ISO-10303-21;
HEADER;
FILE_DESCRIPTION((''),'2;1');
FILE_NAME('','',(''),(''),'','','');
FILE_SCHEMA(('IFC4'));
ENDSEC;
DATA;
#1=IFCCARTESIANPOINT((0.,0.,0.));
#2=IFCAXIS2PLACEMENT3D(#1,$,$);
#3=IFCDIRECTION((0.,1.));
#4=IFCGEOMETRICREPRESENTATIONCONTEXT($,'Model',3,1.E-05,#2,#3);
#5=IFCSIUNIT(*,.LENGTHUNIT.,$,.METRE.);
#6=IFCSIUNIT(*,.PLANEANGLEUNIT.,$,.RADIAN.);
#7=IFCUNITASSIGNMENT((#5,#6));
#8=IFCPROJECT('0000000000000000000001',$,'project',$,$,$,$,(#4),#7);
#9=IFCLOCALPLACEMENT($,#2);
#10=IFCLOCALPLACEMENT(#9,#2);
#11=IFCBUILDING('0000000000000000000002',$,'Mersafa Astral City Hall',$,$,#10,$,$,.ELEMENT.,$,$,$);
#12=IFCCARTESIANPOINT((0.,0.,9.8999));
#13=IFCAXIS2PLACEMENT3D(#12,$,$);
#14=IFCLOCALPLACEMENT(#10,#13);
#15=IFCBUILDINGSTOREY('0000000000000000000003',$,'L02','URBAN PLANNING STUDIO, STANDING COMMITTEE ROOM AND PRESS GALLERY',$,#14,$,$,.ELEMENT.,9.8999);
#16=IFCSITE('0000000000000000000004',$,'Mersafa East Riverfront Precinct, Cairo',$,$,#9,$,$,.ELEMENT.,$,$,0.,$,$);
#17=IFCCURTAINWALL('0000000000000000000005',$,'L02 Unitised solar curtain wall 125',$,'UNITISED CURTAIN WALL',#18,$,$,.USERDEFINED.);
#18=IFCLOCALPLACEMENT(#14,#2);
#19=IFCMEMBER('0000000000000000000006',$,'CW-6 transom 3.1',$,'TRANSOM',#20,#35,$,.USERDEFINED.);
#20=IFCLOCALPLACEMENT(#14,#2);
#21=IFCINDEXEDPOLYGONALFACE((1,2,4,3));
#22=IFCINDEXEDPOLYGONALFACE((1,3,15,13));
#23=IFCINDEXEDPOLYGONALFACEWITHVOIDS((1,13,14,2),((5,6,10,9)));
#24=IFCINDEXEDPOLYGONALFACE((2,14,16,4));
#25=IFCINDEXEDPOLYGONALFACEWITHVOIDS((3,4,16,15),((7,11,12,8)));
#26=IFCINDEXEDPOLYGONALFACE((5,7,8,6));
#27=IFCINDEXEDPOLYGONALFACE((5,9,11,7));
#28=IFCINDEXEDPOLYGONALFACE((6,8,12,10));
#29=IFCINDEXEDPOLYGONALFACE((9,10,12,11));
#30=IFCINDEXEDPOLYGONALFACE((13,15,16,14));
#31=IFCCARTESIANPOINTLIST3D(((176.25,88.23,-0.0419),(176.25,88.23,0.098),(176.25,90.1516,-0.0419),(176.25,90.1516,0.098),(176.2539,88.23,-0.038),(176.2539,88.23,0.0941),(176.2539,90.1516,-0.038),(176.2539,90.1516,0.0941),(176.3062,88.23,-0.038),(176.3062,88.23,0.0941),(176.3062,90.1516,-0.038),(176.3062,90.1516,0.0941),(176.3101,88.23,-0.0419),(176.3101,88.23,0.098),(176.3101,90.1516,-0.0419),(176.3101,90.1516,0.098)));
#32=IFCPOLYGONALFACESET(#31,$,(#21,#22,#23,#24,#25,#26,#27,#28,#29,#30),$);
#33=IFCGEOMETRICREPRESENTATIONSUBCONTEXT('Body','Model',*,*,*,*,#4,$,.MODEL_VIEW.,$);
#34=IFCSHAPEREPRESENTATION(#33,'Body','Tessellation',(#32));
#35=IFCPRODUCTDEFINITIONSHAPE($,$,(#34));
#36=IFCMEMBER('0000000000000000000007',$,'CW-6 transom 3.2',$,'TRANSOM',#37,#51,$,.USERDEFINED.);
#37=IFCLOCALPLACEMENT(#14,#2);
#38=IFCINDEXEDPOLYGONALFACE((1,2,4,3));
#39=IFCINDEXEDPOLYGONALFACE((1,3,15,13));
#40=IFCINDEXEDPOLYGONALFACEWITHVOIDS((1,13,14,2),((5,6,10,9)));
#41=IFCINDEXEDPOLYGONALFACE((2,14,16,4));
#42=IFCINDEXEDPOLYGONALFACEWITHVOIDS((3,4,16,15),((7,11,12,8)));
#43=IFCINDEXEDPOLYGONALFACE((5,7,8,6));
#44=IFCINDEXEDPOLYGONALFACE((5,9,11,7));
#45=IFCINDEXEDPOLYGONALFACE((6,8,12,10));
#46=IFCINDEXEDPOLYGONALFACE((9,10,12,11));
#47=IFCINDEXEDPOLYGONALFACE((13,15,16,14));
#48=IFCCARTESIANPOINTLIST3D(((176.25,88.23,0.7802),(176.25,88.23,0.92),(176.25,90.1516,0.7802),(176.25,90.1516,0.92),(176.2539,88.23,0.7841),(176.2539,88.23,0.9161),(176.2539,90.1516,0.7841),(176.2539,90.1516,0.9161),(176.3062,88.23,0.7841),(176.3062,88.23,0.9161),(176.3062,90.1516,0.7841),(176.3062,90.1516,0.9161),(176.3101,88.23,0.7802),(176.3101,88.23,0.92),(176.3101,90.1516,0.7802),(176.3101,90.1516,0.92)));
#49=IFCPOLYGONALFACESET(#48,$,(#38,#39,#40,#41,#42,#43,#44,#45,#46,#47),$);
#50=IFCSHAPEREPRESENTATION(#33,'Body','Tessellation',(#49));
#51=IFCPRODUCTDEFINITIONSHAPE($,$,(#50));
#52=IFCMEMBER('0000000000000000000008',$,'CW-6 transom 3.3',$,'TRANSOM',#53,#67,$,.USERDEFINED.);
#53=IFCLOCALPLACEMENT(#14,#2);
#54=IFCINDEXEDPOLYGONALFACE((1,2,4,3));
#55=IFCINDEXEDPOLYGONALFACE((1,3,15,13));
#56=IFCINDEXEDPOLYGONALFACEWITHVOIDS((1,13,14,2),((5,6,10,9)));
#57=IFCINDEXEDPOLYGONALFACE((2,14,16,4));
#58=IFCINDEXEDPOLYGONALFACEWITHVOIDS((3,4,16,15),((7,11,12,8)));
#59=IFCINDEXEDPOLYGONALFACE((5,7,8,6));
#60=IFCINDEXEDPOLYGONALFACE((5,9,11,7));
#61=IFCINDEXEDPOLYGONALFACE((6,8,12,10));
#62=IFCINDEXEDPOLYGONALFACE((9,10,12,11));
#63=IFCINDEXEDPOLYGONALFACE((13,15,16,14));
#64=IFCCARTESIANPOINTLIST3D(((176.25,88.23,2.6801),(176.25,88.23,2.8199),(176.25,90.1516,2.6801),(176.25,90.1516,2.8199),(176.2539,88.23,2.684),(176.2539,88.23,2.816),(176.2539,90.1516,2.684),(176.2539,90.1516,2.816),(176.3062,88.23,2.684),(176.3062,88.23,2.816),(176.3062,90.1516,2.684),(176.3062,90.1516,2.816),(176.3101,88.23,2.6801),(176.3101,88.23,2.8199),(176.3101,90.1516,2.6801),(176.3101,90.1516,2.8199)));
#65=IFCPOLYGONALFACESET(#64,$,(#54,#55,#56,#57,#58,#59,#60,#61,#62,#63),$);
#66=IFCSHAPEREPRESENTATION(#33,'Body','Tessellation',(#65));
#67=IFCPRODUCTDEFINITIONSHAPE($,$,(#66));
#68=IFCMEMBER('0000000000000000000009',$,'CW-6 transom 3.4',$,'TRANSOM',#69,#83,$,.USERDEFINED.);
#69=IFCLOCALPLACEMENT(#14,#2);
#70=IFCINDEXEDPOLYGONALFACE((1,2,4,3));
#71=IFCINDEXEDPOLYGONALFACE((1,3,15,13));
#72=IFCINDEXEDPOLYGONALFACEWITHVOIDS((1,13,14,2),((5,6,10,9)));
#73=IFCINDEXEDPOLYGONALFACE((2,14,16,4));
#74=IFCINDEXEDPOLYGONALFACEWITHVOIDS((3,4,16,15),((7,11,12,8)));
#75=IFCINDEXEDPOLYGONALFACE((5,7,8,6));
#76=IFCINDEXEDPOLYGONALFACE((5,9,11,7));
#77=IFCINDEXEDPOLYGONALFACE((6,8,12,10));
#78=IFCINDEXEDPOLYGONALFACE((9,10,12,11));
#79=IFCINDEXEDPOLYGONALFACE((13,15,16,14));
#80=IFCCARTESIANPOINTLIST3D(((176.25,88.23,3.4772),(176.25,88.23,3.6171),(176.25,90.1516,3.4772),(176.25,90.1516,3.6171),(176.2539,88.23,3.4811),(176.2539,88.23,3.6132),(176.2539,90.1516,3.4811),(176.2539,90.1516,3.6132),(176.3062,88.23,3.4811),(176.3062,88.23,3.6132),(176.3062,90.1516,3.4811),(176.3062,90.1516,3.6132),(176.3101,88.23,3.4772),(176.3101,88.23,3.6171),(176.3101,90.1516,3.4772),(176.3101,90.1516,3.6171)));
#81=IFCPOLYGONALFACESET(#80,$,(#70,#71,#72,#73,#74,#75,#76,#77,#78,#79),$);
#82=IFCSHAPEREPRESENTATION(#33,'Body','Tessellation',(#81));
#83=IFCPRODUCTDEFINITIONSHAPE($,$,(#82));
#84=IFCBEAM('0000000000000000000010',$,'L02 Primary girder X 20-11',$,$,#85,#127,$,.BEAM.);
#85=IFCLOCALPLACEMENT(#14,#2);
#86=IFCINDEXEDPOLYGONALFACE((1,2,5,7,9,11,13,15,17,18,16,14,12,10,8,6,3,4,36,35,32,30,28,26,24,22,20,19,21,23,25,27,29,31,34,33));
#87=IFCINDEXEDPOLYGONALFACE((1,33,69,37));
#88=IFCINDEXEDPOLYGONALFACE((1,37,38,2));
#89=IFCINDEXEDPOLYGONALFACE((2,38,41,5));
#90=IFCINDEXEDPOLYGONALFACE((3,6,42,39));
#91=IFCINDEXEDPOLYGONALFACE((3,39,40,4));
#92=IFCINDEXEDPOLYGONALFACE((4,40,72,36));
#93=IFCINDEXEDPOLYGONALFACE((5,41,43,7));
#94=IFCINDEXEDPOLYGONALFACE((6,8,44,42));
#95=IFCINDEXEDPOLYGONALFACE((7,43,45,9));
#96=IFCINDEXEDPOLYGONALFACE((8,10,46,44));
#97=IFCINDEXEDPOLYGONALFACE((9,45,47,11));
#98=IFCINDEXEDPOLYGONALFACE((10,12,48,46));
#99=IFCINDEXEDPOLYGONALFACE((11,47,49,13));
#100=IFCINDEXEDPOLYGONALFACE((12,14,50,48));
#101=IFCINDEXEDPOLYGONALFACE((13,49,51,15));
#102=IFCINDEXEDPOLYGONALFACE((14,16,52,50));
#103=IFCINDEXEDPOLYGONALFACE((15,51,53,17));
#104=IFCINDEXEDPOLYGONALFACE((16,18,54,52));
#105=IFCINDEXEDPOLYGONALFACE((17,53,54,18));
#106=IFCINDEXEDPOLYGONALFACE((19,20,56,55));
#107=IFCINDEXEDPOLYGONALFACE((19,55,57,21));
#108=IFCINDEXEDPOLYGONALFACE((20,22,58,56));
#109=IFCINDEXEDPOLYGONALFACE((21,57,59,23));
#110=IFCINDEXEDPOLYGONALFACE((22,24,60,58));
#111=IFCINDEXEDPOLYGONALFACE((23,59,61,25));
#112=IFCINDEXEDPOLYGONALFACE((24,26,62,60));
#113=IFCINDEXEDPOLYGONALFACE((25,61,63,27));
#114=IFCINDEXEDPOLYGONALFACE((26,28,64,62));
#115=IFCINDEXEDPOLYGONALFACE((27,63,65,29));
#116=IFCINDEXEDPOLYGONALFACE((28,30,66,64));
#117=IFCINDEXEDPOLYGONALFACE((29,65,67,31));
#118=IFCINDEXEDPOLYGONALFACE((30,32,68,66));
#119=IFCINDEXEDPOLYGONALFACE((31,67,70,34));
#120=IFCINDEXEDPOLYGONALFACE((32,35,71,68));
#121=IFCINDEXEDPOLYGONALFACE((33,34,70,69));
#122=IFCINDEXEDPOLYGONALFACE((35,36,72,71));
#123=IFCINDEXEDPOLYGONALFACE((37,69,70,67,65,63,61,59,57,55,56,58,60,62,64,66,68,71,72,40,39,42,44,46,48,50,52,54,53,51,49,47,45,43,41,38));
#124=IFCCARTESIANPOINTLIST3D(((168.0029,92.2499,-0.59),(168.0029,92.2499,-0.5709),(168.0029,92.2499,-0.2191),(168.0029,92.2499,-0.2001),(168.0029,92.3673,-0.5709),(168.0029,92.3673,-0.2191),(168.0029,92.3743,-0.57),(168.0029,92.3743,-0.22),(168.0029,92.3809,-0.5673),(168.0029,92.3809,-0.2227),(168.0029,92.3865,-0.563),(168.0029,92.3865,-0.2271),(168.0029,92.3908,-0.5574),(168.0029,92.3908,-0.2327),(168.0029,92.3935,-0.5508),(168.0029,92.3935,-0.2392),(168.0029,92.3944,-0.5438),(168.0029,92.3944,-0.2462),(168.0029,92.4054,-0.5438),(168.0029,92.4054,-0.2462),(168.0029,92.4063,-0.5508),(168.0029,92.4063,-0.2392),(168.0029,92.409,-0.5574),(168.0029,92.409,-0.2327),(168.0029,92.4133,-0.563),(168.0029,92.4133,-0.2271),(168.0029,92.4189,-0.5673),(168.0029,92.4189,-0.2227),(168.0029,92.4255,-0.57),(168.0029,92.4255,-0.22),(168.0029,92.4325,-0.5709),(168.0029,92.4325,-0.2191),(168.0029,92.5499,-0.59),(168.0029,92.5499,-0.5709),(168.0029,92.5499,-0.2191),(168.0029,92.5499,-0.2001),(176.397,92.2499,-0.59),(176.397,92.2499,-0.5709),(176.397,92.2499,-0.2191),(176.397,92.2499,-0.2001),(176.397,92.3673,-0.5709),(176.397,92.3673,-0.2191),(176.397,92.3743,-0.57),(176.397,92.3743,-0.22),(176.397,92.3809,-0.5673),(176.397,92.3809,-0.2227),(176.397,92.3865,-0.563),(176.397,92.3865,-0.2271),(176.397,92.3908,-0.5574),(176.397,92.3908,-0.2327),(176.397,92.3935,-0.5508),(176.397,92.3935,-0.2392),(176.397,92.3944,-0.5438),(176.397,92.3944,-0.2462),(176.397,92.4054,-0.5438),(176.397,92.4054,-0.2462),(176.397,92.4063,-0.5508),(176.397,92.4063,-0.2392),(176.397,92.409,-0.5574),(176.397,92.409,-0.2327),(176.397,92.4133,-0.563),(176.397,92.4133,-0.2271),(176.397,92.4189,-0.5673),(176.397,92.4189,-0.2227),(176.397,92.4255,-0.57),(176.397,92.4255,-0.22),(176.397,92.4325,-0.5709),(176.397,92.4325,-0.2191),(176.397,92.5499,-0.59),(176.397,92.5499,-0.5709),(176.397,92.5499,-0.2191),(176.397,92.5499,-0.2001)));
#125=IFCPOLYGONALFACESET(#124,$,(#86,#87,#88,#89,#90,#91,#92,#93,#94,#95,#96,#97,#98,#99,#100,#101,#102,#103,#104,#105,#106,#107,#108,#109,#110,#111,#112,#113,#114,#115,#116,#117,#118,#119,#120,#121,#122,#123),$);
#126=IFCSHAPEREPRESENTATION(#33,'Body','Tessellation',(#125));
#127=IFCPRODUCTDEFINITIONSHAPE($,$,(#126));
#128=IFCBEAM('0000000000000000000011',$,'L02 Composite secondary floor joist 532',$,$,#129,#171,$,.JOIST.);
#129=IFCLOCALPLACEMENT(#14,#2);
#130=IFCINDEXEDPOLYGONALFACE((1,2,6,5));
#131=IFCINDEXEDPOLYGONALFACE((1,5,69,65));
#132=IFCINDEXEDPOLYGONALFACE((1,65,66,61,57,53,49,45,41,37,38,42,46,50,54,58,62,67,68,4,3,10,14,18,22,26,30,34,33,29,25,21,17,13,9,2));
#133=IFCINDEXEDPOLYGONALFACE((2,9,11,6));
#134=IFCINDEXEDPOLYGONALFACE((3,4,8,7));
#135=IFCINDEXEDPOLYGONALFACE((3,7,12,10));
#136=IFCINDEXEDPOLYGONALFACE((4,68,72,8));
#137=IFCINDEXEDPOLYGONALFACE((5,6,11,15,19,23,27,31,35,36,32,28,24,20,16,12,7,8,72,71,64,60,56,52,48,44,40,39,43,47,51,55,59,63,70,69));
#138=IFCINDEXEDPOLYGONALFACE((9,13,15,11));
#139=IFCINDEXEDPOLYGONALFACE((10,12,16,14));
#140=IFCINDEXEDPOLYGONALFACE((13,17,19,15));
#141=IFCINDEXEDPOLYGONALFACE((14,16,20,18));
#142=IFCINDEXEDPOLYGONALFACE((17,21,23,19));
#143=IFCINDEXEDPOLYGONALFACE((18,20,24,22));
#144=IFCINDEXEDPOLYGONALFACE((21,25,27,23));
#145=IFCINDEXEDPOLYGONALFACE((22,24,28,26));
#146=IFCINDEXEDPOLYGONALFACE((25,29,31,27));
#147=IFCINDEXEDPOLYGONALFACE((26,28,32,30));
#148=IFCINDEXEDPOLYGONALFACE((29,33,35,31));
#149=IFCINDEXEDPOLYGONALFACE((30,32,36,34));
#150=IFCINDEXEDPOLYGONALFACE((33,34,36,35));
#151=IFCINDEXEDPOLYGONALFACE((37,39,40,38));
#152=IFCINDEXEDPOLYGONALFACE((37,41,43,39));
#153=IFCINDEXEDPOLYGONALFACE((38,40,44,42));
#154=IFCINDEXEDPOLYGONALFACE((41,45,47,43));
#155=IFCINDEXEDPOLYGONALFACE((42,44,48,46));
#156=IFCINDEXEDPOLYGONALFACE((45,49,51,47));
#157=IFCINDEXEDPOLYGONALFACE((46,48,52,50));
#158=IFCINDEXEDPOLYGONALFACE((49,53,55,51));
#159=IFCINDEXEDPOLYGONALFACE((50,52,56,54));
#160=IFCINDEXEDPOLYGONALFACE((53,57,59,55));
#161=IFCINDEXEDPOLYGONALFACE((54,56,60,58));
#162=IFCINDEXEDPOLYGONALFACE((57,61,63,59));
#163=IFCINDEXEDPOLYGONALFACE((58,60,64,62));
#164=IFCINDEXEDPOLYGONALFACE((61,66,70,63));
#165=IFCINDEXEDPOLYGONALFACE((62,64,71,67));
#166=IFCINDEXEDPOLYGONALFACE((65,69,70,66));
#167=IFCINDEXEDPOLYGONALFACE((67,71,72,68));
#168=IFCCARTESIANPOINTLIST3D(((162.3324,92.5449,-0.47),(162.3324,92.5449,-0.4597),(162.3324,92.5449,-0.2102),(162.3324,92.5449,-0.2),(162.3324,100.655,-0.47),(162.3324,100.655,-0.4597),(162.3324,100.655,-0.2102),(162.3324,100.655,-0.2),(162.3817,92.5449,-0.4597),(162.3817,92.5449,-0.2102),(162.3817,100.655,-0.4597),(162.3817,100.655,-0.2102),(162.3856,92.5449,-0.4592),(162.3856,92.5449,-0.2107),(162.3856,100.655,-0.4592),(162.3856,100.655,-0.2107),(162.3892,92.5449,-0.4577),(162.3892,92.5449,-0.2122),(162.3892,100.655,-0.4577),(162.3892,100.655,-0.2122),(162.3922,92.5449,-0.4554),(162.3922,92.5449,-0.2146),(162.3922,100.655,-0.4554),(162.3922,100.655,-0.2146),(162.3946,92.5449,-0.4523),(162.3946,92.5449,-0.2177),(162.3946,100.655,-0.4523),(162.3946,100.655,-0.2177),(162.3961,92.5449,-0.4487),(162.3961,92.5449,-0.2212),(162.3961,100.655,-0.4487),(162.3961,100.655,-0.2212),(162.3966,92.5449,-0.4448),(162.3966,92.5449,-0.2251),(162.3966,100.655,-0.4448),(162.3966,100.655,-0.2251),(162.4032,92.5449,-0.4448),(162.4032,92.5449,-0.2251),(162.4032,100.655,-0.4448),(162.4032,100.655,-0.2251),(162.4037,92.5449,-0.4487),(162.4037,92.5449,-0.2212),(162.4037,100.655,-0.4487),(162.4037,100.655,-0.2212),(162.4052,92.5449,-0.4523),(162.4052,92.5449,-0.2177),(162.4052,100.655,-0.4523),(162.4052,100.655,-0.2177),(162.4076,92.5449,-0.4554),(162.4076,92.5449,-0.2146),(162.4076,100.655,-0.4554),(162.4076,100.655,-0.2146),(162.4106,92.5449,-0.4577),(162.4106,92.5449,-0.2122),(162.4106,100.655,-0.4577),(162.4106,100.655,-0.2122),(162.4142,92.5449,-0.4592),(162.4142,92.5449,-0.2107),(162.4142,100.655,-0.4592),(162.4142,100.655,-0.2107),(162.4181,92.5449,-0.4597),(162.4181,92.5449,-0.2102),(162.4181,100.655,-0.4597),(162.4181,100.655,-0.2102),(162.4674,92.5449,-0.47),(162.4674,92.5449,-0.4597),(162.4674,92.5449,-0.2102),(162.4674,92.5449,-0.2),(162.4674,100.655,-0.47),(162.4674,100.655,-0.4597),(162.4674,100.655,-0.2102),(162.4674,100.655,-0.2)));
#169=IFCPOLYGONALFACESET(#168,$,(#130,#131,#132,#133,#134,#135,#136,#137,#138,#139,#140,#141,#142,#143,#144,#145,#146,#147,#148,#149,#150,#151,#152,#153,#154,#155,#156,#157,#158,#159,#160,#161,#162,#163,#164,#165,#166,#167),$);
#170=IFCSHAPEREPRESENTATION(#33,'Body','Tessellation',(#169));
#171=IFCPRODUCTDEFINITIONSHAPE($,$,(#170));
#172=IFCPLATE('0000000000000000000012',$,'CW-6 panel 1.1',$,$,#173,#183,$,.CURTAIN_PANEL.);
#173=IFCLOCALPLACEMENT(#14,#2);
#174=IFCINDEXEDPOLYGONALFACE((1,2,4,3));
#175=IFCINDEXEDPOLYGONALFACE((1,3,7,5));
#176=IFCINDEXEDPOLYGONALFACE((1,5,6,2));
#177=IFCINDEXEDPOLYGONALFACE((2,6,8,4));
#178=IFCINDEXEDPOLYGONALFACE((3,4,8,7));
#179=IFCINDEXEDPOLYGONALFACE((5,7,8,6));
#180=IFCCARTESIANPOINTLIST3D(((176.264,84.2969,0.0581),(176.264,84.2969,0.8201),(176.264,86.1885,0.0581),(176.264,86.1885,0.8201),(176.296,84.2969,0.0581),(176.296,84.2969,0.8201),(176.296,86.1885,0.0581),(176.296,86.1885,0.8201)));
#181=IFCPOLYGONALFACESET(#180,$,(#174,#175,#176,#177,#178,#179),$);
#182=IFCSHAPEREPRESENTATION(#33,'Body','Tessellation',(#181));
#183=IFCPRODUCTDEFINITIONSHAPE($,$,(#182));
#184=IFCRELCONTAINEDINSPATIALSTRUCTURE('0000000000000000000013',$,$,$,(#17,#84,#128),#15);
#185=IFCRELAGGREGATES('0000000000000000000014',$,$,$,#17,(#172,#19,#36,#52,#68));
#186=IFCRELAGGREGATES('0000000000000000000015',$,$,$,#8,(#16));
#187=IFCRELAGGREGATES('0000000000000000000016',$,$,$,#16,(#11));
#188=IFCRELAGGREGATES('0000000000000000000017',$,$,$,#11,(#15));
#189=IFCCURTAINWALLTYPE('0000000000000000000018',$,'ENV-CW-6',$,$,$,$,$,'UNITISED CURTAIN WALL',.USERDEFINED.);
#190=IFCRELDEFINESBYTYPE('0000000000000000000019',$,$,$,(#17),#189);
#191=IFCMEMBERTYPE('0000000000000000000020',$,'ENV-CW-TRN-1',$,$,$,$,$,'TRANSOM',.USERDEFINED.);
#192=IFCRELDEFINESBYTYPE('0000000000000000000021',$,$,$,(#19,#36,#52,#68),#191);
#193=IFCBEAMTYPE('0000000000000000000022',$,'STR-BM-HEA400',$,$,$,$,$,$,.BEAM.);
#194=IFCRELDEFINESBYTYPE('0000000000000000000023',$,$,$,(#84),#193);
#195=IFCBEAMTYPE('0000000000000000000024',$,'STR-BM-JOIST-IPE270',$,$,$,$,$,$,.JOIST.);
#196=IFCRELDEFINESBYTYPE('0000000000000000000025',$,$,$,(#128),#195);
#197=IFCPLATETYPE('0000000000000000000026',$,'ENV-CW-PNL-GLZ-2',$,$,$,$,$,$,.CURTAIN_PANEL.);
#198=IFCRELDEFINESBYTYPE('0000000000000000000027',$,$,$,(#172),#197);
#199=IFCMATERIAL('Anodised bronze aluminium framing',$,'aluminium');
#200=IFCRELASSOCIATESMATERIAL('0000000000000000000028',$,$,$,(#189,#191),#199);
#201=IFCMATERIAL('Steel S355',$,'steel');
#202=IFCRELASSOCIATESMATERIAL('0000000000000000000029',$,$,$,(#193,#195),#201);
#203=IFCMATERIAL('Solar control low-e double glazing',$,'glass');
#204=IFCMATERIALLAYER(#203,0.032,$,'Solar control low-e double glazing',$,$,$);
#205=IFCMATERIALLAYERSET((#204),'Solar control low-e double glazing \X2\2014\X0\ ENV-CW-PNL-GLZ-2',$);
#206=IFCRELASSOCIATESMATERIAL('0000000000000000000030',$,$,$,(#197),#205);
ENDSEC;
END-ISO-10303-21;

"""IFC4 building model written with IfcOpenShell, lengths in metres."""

from ifc_helpers import new_model, si_unit, direction, frame, origin, origin_2d, place, context, subcontext, project, spatial, rectangle, hollow_rectangle, i_section, extrude, material, layer, layer_set, material_profile, profile_set, type_object, element, aggregate, save


model = new_model("IFC4")

# Units and contexts
model_context = context("Model", 3, precision=1e-05, world=origin(), true_north=direction((0.0, 1.0)))
body_context = subcontext(model_context, "Body", "Model", "MODEL_VIEW")
ifc_project = project(units=[si_unit("LENGTHUNIT", "METRE"), si_unit("PLANEANGLEUNIT", "RADIAN")], contexts=[model_context])

# Site, building, storey
site_placement = place(None, origin())
site = spatial("IfcSite", under=ifc_project, at=site_placement, Name="Mersafa East Riverfront Precinct, Cairo", CompositionType="ELEMENT", RefElevation=0.0)
building_placement = place(site_placement, origin())
building = spatial("IfcBuilding", under=site, at=building_placement, Name="Mersafa Astral City Hall", CompositionType="ELEMENT")
storey_placement = place(building_placement, frame((0.0, 0.0, 9.8999)))
storey = spatial("IfcBuildingStorey", under=building, at=storey_placement, Name="L02", Description="URBAN PLANNING STUDIO, STANDING COMMITTEE ROOM AND PRESS GALLERY", CompositionType="ELEMENT", Elevation=9.8999)

# Shared definitions
ifc_material_1 = material(Name="Steel S355", Category="steel")

# Curtain wall, members
ifc_material_2 = material(Name="Anodised bronze aluminium framing", Category="aluminium")
curtain_wall_type = type_object("IfcCurtainWallType", Name="ENV-CW-6", ElementType="UNITISED CURTAIN WALL", PredefinedType="USERDEFINED", material=ifc_material_2)
curtain_wall_placement = place(storey_placement, origin())
curtain_wall = element("IfcCurtainWall", 1, at=curtain_wall_placement, inside=storey, type_object=curtain_wall_type, Name="L02 Unitised solar curtain wall 125", ObjectType="UNITISED CURTAIN WALL", PredefinedType="USERDEFINED")
ifc_material_profile_1 = material_profile(ifc_material_2, hollow_rectangle(XDim=0.0601, YDim=0.1399, WallThickness=0.0039, at=origin_2d()), Name="RHS 60x140x4")
ifc_profile_set_1 = profile_set([ifc_material_profile_1], Name="Anodised bronze aluminium framing")
member_type_1 = type_object("IfcMemberType", Name="ENV-CW-TRN-1", ElementType="TRANSOM", PredefinedType="USERDEFINED", material=ifc_profile_set_1)
member_1_placement = place(storey_placement, frame((176.28, 88.23, 0.0281), z_axis=(0.0, 1.0, 0.0), x_axis=(-1.0, 0.0, 0.0)))
member_1 = element("IfcMember", 2, at=member_1_placement, type_object=member_type_1, Name="CW-6 transom 3.1", ObjectType="TRANSOM", PredefinedType="USERDEFINED", context=body_context, shape_type="SweptSolid", body=[
    extrude(hollow_rectangle(XDim=0.0601, YDim=0.1399, WallThickness=0.0039, at=origin_2d()), origin(), (0.0, 0.0, 1.0), 1.9216),
])
member_2_placement = place(storey_placement, frame((176.28, 88.23, 0.8501), z_axis=(0.0, 1.0, 0.0), x_axis=(-1.0, 0.0, 0.0)))
member_2 = element("IfcMember", 3, at=member_2_placement, type_object=member_type_1, Name="CW-6 transom 3.2", ObjectType="TRANSOM", PredefinedType="USERDEFINED", context=body_context, shape_type="SweptSolid", body=[
    extrude(hollow_rectangle(XDim=0.0601, YDim=0.1399, WallThickness=0.0039, at=origin_2d()), origin(), (0.0, 0.0, 1.0), 1.9216),
])
member_3_placement = place(storey_placement, frame((176.28, 88.23, 2.75), z_axis=(0.0, 1.0, 0.0), x_axis=(-1.0, 0.0, 0.0)))
member_3 = element("IfcMember", 4, at=member_3_placement, type_object=member_type_1, Name="CW-6 transom 3.3", ObjectType="TRANSOM", PredefinedType="USERDEFINED", context=body_context, shape_type="SweptSolid", body=[
    extrude(hollow_rectangle(XDim=0.0601, YDim=0.1399, WallThickness=0.0039, at=origin_2d()), origin(), (0.0, 0.0, 1.0), 1.9216),
])
member_4_placement = place(storey_placement, frame((176.28, 88.23, 3.5471), z_axis=(0.0, 1.0, 0.0), x_axis=(-1.0, 0.0, 0.0)))
member_4 = element("IfcMember", 5, at=member_4_placement, type_object=member_type_1, Name="CW-6 transom 3.4", ObjectType="TRANSOM", PredefinedType="USERDEFINED", context=body_context, shape_type="SweptSolid", body=[
    extrude(hollow_rectangle(XDim=0.0601, YDim=0.1399, WallThickness=0.0039, at=origin_2d()), origin(), (0.0, 0.0, 1.0), 1.9216),
])

# Beams
ifc_material_profile_2 = material_profile(ifc_material_1, i_section(OverallWidth=0.3, OverallDepth=0.3899, WebThickness=0.011, FlangeThickness=0.019, FilletRadius=0.0271, at=origin_2d()), Name="HEA 400")
ifc_profile_set_2 = profile_set([ifc_material_profile_2], Name="Steel S355")
beam_type_1 = type_object("IfcBeamType", Name="STR-BM-HEA400", PredefinedType="BEAM", material=ifc_profile_set_2)
beam_1_placement = place(storey_placement, frame((168.0029, 92.3999, -0.395), z_axis=(1.0, 0.0, 0.0), x_axis=(0.0, 1.0, 0.0)))
element("IfcBeam", 6, at=beam_1_placement, inside=storey, type_object=beam_type_1, Name="L02 Primary girder X 20-11", PredefinedType="BEAM", context=body_context, shape_type="SweptSolid", body=[
    extrude(i_section(OverallWidth=0.3, OverallDepth=0.3899, WebThickness=0.011, FlangeThickness=0.019, FilletRadius=0.0271, at=origin_2d()), origin(), (0.0, 0.0, 1.0), 8.394),
])
ifc_material_profile_3 = material_profile(ifc_material_1, i_section(OverallWidth=0.135, OverallDepth=0.27, WebThickness=0.0066, FlangeThickness=0.0103, FilletRadius=0.0149, at=origin_2d()), Name="IPE 270")
ifc_profile_set_3 = profile_set([ifc_material_profile_3], Name="Steel S355")
beam_type_2 = type_object("IfcBeamType", Name="STR-BM-JOIST-IPE270", PredefinedType="JOIST", material=ifc_profile_set_3)
beam_2_placement = place(storey_placement, frame((162.3999, 92.5449, -0.335), z_axis=(0.0, 1.0, 0.0), x_axis=(-1.0, 0.0, 0.0)))
element("IfcBeam", 7, at=beam_2_placement, inside=storey, type_object=beam_type_2, Name="L02 Composite secondary floor joist 532", PredefinedType="JOIST", context=body_context, shape_type="SweptSolid", body=[
    extrude(i_section(OverallWidth=0.135, OverallDepth=0.27, WebThickness=0.0066, FlangeThickness=0.0103, FilletRadius=0.0149, at=origin_2d()), origin(), (0.0, 0.0, 1.0), 8.1101),
])

# Plate
ifc_material_3 = material(Name="Solar control low-e double glazing", Category="glass")
ifc_layer = layer(ifc_material_3, 0.032, Name="Solar control low-e double glazing")
ifc_layer_set = layer_set([ifc_layer], Name="Solar control low-e double glazing — ENV-CW-PNL-GLZ-2")
plate_type = type_object("IfcPlateType", Name="ENV-CW-PNL-GLZ-2", PredefinedType="CURTAIN_PANEL", material=ifc_layer_set)
plate_1_placement = place(storey_placement, frame((176.28, 85.2427, 0.0581), z_axis=(0.0, 0.0, 1.0), x_axis=(0.0, 1.0, 0.0)))
plate_1 = element("IfcPlate", 8, at=plate_1_placement, type_object=plate_type, Name="CW-6 panel 1.1", PredefinedType="CURTAIN_PANEL", context=body_context, shape_type="SweptSolid", body=[
    extrude(rectangle(XDim=1.8916, YDim=0.032, at=origin_2d()), origin(), (0.0, 0.0, 1.0), 0.762),
])
aggregate(curtain_wall, [plate_1, member_1, member_2, member_3, member_4])

save(model, "model.ifc")
